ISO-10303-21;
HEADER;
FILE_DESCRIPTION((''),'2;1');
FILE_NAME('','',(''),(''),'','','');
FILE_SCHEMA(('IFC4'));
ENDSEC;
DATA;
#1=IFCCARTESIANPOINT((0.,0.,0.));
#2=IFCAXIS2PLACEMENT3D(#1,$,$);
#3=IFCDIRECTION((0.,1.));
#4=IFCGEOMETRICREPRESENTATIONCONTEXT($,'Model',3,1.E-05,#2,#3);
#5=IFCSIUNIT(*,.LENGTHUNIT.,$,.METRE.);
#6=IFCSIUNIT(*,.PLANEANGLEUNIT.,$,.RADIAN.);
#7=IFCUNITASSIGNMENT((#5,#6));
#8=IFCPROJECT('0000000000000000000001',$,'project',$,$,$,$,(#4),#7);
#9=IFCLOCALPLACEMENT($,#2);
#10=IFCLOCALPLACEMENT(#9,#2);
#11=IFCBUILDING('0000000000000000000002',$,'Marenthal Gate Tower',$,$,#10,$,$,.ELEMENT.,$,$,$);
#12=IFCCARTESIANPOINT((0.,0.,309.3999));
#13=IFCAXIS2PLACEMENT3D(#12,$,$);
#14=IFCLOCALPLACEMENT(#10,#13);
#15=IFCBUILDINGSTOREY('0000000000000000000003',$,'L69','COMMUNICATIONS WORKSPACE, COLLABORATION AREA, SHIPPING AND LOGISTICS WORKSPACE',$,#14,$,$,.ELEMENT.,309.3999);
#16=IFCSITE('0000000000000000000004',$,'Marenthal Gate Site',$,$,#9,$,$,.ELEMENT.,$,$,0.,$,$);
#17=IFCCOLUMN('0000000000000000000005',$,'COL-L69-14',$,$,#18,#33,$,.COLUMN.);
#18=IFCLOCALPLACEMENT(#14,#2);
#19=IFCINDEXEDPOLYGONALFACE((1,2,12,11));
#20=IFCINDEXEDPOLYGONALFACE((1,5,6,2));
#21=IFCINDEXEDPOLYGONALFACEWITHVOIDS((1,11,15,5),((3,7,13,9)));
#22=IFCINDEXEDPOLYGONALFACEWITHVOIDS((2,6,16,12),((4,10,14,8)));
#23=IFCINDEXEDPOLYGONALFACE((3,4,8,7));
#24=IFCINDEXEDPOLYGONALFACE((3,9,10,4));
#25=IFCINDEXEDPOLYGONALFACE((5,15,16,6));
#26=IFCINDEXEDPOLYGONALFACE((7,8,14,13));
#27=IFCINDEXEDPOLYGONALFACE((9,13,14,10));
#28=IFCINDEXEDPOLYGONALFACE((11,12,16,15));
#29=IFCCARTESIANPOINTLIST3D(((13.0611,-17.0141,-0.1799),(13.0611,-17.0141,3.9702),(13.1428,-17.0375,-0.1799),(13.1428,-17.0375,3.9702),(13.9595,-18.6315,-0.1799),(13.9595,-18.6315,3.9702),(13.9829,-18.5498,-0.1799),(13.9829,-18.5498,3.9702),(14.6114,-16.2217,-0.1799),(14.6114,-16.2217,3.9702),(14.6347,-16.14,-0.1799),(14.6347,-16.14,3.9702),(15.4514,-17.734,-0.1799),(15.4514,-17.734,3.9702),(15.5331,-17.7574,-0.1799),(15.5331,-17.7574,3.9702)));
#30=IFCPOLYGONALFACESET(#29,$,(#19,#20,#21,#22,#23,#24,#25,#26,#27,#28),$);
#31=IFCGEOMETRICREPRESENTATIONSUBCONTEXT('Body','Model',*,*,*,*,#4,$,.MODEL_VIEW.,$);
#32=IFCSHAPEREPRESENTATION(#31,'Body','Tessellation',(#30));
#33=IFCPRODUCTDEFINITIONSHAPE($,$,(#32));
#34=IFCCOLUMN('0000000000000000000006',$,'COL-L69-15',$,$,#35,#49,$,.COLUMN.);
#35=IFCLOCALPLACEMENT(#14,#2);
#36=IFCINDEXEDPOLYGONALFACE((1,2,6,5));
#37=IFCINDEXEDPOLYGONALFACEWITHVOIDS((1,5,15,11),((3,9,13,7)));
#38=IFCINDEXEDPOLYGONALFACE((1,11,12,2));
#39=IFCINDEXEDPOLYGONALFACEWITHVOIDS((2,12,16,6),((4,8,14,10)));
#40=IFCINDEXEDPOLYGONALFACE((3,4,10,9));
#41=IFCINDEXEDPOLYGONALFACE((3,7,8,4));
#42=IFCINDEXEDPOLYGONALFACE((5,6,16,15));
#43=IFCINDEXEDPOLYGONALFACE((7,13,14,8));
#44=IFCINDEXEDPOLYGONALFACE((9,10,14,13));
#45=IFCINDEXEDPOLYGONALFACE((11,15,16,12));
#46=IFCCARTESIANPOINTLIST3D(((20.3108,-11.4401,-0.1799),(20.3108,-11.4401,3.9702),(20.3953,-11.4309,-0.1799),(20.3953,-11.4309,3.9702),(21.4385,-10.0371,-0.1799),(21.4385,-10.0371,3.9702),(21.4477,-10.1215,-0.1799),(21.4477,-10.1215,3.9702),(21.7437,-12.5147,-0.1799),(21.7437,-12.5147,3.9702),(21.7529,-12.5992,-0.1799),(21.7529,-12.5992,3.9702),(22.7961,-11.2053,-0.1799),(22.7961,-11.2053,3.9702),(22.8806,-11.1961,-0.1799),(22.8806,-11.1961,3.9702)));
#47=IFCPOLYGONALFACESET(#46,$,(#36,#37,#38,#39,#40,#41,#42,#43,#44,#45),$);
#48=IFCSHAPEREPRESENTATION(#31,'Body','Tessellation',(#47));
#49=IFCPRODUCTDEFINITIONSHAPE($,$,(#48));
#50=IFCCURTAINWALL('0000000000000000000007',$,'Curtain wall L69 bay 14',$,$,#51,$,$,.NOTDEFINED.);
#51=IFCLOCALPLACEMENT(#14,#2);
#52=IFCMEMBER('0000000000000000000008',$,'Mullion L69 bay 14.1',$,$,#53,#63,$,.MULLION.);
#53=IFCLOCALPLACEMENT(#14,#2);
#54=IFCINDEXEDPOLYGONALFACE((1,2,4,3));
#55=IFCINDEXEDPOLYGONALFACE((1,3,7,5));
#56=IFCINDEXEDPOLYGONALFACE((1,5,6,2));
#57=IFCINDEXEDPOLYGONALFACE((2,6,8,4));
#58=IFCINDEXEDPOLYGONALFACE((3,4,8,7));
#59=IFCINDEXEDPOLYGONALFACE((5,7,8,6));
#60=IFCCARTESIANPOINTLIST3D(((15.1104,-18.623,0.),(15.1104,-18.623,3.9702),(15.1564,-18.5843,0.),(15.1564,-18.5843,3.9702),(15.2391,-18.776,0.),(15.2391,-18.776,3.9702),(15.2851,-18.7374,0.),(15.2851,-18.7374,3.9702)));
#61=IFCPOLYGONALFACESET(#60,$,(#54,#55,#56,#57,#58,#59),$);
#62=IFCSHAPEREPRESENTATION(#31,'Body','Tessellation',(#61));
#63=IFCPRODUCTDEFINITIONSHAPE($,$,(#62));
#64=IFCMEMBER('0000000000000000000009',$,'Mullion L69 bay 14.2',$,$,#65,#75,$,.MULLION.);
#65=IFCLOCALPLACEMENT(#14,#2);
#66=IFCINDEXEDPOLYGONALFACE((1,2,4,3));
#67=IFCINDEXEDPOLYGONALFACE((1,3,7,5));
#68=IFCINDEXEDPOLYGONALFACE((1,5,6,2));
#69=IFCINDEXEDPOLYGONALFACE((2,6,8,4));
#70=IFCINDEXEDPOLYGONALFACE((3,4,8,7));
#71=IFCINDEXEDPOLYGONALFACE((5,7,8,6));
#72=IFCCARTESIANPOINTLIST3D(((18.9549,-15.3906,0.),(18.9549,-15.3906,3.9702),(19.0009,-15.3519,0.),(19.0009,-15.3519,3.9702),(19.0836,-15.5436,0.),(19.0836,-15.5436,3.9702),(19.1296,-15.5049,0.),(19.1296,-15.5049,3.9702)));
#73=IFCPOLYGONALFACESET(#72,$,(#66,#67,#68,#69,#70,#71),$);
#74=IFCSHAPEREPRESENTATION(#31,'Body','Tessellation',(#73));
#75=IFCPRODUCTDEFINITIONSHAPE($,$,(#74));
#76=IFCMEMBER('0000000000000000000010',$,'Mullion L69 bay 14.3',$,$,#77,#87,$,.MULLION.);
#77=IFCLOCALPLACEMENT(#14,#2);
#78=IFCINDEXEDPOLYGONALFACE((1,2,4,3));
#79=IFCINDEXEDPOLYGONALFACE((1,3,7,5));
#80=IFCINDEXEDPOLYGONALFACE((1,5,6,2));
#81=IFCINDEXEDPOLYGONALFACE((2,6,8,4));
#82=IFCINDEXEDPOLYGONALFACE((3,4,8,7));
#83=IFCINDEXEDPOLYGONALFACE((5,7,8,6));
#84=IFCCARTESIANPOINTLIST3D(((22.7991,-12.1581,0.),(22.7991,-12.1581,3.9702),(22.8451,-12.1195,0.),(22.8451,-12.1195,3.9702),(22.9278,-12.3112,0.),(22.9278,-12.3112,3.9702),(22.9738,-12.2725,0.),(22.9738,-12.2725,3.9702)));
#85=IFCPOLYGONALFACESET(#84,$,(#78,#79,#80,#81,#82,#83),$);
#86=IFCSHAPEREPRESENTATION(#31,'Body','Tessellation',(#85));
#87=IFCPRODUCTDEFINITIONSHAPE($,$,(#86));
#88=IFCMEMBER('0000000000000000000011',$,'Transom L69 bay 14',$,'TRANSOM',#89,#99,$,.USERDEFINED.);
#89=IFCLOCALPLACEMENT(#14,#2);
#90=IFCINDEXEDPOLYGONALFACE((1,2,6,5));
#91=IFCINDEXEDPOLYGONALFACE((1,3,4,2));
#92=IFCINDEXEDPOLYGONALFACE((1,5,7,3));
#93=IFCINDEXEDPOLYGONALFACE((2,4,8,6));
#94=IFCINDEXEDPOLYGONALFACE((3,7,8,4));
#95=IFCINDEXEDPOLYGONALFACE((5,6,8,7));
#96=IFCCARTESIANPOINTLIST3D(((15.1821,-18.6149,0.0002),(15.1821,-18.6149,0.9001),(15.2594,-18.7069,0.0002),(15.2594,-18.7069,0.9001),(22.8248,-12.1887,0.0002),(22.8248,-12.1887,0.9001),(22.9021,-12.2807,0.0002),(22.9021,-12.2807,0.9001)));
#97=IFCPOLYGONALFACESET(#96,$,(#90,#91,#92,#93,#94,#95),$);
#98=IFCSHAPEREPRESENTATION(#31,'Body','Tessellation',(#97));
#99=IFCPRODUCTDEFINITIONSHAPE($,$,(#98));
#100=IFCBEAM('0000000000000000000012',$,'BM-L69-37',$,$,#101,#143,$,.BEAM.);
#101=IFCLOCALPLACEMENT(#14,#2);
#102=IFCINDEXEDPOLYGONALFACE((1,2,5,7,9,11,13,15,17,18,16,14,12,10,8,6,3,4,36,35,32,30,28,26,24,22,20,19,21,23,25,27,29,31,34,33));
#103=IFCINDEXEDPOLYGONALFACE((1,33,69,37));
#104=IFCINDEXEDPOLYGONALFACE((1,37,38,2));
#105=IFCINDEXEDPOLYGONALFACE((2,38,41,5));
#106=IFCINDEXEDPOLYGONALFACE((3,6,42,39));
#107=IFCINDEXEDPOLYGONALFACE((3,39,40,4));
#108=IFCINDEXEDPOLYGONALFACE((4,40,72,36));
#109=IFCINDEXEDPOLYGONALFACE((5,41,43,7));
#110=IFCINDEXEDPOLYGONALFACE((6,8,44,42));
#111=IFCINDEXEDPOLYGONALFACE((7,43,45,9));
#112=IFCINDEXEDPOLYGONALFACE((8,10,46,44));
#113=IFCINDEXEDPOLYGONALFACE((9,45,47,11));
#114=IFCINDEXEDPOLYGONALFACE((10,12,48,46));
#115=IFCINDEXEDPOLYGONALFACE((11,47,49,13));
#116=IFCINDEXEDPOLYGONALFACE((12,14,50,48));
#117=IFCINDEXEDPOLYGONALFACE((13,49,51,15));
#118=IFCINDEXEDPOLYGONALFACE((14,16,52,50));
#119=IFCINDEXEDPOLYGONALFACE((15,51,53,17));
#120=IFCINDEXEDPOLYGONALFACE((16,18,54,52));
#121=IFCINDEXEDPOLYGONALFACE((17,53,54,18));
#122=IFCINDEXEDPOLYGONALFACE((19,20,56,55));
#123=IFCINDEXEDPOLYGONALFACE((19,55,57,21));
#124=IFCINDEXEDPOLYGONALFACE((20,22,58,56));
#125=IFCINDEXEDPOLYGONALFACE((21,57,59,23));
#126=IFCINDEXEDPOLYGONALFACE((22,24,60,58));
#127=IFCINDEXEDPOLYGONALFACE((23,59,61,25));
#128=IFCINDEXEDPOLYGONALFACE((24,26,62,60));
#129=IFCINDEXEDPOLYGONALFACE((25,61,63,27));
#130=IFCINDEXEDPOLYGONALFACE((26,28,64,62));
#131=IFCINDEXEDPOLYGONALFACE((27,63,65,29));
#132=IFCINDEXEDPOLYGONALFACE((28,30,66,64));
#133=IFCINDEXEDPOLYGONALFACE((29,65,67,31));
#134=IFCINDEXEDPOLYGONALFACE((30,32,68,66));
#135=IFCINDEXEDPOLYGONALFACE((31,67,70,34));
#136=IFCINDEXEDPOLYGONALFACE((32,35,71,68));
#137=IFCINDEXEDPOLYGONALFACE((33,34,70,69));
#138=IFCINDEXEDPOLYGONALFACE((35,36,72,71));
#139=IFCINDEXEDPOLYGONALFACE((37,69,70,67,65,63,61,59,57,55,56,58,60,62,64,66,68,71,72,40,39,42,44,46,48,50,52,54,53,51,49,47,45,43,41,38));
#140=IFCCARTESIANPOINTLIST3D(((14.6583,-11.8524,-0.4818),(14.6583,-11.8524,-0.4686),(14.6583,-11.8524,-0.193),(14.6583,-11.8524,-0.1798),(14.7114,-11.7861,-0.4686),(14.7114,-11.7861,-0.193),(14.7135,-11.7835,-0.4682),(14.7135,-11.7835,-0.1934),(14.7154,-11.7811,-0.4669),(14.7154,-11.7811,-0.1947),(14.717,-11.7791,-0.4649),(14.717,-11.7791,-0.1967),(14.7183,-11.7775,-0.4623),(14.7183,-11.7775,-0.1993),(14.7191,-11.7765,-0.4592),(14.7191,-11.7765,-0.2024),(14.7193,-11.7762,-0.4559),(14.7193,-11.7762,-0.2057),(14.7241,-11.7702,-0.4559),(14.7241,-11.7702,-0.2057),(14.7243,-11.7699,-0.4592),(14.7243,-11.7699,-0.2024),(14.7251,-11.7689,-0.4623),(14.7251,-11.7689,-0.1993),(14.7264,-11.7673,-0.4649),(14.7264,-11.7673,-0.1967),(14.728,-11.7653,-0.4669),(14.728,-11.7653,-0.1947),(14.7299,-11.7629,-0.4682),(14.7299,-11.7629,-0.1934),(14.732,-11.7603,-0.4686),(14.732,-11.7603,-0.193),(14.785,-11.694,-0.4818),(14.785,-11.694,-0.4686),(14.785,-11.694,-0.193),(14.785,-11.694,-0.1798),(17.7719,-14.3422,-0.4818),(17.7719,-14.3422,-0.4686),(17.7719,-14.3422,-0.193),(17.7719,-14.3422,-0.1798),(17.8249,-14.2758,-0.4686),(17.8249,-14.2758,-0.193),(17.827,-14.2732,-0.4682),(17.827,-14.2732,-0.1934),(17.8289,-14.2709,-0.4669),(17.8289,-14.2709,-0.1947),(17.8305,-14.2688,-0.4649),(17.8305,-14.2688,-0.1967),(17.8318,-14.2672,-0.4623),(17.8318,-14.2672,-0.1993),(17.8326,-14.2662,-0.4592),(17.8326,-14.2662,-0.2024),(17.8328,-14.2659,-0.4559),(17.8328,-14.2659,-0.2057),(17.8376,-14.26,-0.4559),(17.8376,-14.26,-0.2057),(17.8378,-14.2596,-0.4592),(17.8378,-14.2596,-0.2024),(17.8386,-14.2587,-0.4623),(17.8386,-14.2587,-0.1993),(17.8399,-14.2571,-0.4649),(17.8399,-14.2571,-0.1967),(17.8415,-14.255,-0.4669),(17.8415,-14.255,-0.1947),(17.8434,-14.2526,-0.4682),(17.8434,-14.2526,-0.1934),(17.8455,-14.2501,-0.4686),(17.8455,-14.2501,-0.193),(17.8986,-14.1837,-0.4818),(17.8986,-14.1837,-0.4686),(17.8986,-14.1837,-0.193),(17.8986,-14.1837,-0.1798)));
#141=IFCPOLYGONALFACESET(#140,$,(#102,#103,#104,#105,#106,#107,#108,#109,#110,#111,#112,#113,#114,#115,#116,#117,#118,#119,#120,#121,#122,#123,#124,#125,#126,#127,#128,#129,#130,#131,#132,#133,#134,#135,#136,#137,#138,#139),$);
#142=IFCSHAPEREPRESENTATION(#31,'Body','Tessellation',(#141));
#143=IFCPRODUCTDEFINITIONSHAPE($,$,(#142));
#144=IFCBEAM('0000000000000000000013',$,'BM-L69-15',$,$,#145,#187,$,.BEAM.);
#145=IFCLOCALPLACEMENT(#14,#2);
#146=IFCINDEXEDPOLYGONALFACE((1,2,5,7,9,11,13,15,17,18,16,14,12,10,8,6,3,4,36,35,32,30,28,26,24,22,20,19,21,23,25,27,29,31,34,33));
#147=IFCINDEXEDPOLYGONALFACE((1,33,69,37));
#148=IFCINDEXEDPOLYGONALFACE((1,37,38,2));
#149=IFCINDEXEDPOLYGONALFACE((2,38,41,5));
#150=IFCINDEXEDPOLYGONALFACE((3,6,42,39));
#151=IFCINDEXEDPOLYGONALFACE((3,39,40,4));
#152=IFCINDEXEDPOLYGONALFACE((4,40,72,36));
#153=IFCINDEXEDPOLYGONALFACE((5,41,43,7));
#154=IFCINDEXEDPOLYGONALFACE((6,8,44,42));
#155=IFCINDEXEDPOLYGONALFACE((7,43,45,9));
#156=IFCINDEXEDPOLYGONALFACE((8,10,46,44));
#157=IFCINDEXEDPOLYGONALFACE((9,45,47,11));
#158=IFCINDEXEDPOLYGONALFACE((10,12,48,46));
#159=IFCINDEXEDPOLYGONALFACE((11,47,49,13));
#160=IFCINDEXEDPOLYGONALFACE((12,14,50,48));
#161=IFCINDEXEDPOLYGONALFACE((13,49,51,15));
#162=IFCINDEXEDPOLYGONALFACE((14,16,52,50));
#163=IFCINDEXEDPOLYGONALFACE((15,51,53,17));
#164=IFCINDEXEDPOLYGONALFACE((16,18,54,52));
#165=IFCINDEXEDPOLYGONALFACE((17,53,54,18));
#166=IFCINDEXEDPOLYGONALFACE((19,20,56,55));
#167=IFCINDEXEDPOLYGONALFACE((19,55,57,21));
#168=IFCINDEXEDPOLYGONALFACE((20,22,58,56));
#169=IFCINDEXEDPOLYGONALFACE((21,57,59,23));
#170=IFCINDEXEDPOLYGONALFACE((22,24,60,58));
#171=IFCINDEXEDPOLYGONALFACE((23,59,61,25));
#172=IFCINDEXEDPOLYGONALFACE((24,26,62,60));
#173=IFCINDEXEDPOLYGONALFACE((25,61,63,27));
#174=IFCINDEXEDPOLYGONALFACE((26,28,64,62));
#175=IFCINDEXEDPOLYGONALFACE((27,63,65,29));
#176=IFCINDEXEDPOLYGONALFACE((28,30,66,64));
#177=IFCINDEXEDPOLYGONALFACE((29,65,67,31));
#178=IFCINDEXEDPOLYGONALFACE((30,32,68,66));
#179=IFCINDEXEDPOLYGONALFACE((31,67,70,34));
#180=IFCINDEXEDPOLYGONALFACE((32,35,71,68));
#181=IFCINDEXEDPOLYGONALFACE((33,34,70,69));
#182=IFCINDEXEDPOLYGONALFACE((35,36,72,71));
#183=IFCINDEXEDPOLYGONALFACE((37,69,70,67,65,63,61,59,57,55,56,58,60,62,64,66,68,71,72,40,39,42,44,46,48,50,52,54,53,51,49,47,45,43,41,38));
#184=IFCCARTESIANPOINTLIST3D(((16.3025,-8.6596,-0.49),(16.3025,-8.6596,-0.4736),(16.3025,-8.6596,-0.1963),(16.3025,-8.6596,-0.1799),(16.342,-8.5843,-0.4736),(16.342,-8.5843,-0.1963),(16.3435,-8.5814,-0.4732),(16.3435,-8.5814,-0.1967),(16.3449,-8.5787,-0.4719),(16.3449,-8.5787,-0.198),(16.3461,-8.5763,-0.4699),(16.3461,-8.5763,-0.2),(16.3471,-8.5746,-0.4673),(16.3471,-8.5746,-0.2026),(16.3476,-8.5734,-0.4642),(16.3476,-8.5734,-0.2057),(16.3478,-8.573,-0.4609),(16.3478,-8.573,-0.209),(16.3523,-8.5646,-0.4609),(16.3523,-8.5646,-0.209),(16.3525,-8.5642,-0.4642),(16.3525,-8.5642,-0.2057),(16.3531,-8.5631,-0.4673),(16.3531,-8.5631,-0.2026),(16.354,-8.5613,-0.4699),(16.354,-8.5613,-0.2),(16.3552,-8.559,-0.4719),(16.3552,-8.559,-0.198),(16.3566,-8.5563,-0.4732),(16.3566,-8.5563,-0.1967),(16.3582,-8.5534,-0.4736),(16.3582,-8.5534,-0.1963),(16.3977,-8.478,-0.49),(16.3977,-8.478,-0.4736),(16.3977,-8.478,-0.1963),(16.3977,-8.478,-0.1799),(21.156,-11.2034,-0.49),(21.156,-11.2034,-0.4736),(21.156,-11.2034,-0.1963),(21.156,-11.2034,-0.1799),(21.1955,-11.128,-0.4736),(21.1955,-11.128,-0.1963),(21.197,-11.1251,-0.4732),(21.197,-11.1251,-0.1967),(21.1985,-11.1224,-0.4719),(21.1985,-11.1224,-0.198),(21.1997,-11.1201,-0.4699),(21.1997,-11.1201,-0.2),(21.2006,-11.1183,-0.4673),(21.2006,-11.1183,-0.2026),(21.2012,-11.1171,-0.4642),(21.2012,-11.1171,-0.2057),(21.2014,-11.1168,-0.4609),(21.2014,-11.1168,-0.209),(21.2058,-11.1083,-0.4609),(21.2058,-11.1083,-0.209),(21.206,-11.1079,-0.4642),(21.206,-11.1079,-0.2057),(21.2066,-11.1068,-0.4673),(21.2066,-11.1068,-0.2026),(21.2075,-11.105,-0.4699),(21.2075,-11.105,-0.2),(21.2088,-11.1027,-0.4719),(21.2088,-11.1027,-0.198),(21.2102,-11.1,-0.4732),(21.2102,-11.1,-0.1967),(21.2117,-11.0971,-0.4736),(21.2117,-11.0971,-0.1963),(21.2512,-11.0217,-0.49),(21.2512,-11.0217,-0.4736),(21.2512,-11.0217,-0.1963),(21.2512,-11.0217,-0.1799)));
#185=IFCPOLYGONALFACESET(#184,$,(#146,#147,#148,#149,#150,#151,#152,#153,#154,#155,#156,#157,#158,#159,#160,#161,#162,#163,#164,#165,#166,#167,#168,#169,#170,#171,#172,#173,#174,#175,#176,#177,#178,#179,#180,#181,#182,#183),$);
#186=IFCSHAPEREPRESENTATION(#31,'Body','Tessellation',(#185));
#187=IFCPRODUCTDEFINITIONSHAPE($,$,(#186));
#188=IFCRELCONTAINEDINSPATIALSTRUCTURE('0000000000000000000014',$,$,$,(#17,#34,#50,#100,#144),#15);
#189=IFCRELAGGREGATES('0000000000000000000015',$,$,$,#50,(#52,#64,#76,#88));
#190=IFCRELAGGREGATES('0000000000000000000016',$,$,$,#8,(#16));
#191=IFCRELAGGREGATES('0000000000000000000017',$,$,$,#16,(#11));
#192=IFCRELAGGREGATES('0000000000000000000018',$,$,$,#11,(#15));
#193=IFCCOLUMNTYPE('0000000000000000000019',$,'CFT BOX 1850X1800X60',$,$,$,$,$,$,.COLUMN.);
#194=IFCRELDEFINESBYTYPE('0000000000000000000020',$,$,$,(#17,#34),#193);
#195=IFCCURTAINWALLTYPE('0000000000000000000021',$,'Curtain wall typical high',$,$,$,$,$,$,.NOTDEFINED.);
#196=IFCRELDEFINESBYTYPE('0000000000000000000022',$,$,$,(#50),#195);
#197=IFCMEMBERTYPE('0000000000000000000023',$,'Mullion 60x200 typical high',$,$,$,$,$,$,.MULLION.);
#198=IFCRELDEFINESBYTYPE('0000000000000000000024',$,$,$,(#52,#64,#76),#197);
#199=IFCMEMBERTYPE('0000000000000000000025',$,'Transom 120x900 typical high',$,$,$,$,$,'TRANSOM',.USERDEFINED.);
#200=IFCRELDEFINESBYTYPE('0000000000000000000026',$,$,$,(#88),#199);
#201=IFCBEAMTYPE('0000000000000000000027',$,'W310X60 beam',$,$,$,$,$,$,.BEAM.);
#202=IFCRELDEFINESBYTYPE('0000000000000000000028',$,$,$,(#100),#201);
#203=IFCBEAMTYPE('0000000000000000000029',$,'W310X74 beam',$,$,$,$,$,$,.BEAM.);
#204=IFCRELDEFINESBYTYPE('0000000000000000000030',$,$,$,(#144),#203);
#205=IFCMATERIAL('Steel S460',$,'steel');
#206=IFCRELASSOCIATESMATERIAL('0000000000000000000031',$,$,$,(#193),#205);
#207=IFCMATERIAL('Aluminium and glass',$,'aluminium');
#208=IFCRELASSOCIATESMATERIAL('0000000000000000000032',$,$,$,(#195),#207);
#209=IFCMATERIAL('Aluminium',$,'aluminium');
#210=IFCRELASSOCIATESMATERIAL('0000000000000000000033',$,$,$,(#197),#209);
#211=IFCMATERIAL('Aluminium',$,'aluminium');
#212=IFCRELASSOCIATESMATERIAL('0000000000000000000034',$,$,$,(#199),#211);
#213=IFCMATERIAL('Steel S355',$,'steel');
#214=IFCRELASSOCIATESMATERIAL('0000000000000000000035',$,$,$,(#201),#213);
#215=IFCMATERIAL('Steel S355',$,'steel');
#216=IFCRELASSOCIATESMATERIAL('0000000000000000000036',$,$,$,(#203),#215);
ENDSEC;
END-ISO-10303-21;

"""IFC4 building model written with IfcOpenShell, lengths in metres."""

from ifc_helpers import new_model, si_unit, direction, frame, origin, origin_2d, place, context, subcontext, project, spatial, rectangle, hollow_rectangle, i_section, extrude, material, material_profile, profile_set, type_object, element, aggregate, save


model = new_model("IFC4")

# Units and contexts
model_context = context("Model", 3, precision=1e-05, world=origin(), true_north=direction((0.0, 1.0)))
body_context = subcontext(model_context, "Body", "Model", "MODEL_VIEW")
ifc_project = project(units=[si_unit("LENGTHUNIT", "METRE"), si_unit("PLANEANGLEUNIT", "RADIAN")], contexts=[model_context])

# Site, building, storey
site_placement = place(None, origin())
site = spatial("IfcSite", under=ifc_project, at=site_placement, Name="Marenthal Gate Site", CompositionType="ELEMENT", RefElevation=0.0)
building_placement = place(site_placement, origin())
building = spatial("IfcBuilding", under=site, at=building_placement, Name="Marenthal Gate Tower", CompositionType="ELEMENT")
storey_placement = place(building_placement, frame((0.0, 0.0, 309.3999)))
storey = spatial("IfcBuildingStorey", under=building, at=storey_placement, Name="L69", Description="COMMUNICATIONS WORKSPACE, COLLABORATION AREA, SHIPPING AND LOGISTICS WORKSPACE", CompositionType="ELEMENT", Elevation=309.3999)

# Columns
ifc_material_1 = material(Name="Steel S460", Category="steel")
ifc_material_profile_1 = material_profile(ifc_material_1, hollow_rectangle(XDim=1.8, YDim=1.8501, WallThickness=0.0601, at=origin_2d()), Name="CFT BOX 1850X1800X60")
ifc_material_2 = material(Name="Concrete 70 MPa", Category="concrete")
ifc_material_profile_2 = material_profile(ifc_material_2, rectangle(XDim=1.6799, YDim=1.73, at=origin_2d()), Name="CFT BOX 1850X1800X60 INFILL")
ifc_profile_set_1 = profile_set([ifc_material_profile_1, ifc_material_profile_2], Name="Steel S460 shell, Concrete 70 MPa infill")
column_type = type_object("IfcColumnType", Name="CFT BOX 1850X1800X60", PredefinedType="COLUMN", material=ifc_profile_set_1)
for number, where, z_axis, x_axis, name in (
    (1, (14.2971, -17.3857, -0.1799), (0.0, 0.0, 1.0), (-0.874186, -0.485591, 0.0), "COL-L69-14"),
    (2, (21.5957, -11.3181, -0.1799), (0.0, 0.0, 1.0), (-0.626475, -0.779442, 0.0), "COL-L69-15"),
):
    element("IfcColumn", number, at=place(storey_placement, frame(where, z_axis=z_axis, x_axis=x_axis)), inside=storey, type_object=column_type, Name=name, PredefinedType="COLUMN", context=body_context, shape_type="SweptSolid", body=[
        extrude(hollow_rectangle(XDim=1.8, YDim=1.8501, WallThickness=0.0601, at=origin_2d()), origin(), (0.0, 0.0, 1.0), 4.1501),
    ])

# Curtain wall, members
ifc_material_3 = material(Name="Aluminium and glass", Category="aluminium")
curtain_wall_type = type_object("IfcCurtainWallType", Name="Curtain wall typical high", PredefinedType="NOTDEFINED", material=ifc_material_3)
curtain_wall_placement = place(storey_placement, origin())
curtain_wall = element("IfcCurtainWall", 3, at=curtain_wall_placement, inside=storey, type_object=curtain_wall_type, Name="Curtain wall L69 bay 14", PredefinedType="NOTDEFINED")
ifc_material_4 = material(Name="Aluminium", Category="aluminium")
ifc_material_profile_3 = material_profile(ifc_material_4, rectangle(XDim=0.2, YDim=0.0601, at=origin_2d()), Name="60x200 aluminium mullion")
ifc_profile_set_2 = profile_set([ifc_material_profile_3], Name="Aluminium")
member_type_1 = type_object("IfcMemberType", Name="Mullion 60x200 typical high", PredefinedType="MULLION", material=ifc_profile_set_2)
member_1_placement = place(storey_placement, frame((15.1978, -18.6802, 0.0), z_axis=(0.0, 0.0, 1.0), x_axis=(-0.64357, 0.765387, 0.0)))
member_1 = element("IfcMember", 4, at=member_1_placement, type_object=member_type_1, Name="Mullion L69 bay 14.1", PredefinedType="MULLION", context=body_context, shape_type="SweptSolid", body=[
    extrude(rectangle(XDim=0.2, YDim=0.0601, at=origin_2d()), origin(), (0.0, 0.0, 1.0), 3.9702),
])
member_2_placement = place(storey_placement, frame((19.0422, -15.4478, 0.0), z_axis=(0.0, 0.0, 1.0), x_axis=(-0.64357, 0.765387, 0.0)))
member_2 = element("IfcMember", 5, at=member_2_placement, type_object=member_type_1, Name="Mullion L69 bay 14.2", PredefinedType="MULLION", context=body_context, shape_type="SweptSolid", body=[
    extrude(rectangle(XDim=0.2, YDim=0.0601, at=origin_2d()), origin(), (0.0, 0.0, 1.0), 3.9702),
])
member_3_placement = place(storey_placement, frame((22.8865, -12.2153, 0.0), z_axis=(0.0, 0.0, 1.0), x_axis=(-0.64357, 0.765387, 0.0)))
member_3 = element("IfcMember", 6, at=member_3_placement, type_object=member_type_1, Name="Mullion L69 bay 14.3", PredefinedType="MULLION", context=body_context, shape_type="SweptSolid", body=[
    extrude(rectangle(XDim=0.2, YDim=0.0601, at=origin_2d()), origin(), (0.0, 0.0, 1.0), 3.9702),
])
ifc_material_5 = material(Name="Aluminium", Category="aluminium")
ifc_material_profile_4 = material_profile(ifc_material_5, rectangle(XDim=0.1201, YDim=0.8999, at=origin_2d()), Name="120x900 aluminium transom")
ifc_profile_set_3 = profile_set([ifc_material_profile_4], Name="Aluminium")
member_type_2 = type_object("IfcMemberType", Name="Transom 120x900 typical high", ElementType="TRANSOM", PredefinedType="USERDEFINED", material=ifc_profile_set_3)
member_4_placement = place(storey_placement, frame((15.2207, -18.6609, 0.4502), z_axis=(0.765394, 0.643562, 0.0), x_axis=(-0.643562, 0.765394, 0.0)))
member_4 = element("IfcMember", 7, at=member_4_placement, type_object=member_type_2, Name="Transom L69 bay 14", ObjectType="TRANSOM", PredefinedType="USERDEFINED", context=body_context, shape_type="SweptSolid", body=[
    extrude(rectangle(XDim=0.1201, YDim=0.8999, at=origin_2d()), origin(), (0.0, 0.0, 1.0), 9.9854),
])

# Beams
ifc_material_6 = material(Name="Steel S355", Category="steel")
ifc_material_profile_5 = material_profile(ifc_material_6, i_section(OverallWidth=0.2029, OverallDepth=0.302, WebThickness=0.0076, FlangeThickness=0.0132, FilletRadius=0.0127, at=origin_2d()), Name="W310X60")
ifc_profile_set_4 = profile_set([ifc_material_profile_5], Name="Steel S355")
beam_type_1 = type_object("IfcBeamType", Name="W310X60 beam", PredefinedType="BEAM", material=ifc_profile_set_4)
beam_1_placement = place(storey_placement, frame((17.8352, -14.2629, -0.3308), z_axis=(-0.781, 0.624531, 0.0), x_axis=(-0.624531, -0.781, 0.0)))
element("IfcBeam", 8, at=beam_1_placement, inside=storey, type_object=beam_type_1, Name="BM-L69-37", PredefinedType="BEAM", context=body_context, shape_type="SweptSolid", body=[
    extrude(i_section(OverallWidth=0.2029, OverallDepth=0.302, WebThickness=0.0076, FlangeThickness=0.0132, FilletRadius=0.0127, at=origin_2d()), origin(), (0.0, 0.0, 1.0), 3.9866),
])
ifc_material_7 = material(Name="Steel S355", Category="steel")
ifc_material_profile_6 = material_profile(ifc_material_7, i_section(OverallWidth=0.2051, OverallDepth=0.3101, WebThickness=0.0095, FlangeThickness=0.0164, FilletRadius=0.0127, at=origin_2d()), Name="W310X74")
ifc_profile_set_5 = profile_set([ifc_material_profile_6], Name="Steel S355")
beam_type_2 = type_object("IfcBeamType", Name="W310X74 beam", PredefinedType="BEAM", material=ifc_profile_set_5)
beam_2_placement = place(storey_placement, frame((21.2036, -11.1125, -0.335), z_axis=(-0.885728, 0.464205, 0.0), x_axis=(-0.464205, -0.885728, 0.0)))
element("IfcBeam", 9, at=beam_2_placement, inside=storey, type_object=beam_type_2, Name="BM-L69-15", PredefinedType="BEAM", context=body_context, shape_type="SweptSolid", body=[
    extrude(i_section(OverallWidth=0.2051, OverallDepth=0.3101, WebThickness=0.0095, FlangeThickness=0.0164, FilletRadius=0.0127, at=origin_2d()), origin(), (0.0, 0.0, 1.0), 5.4797),
])

aggregate(curtain_wall, [member_1, member_2, member_3, member_4])

save(model, "model.ifc")
